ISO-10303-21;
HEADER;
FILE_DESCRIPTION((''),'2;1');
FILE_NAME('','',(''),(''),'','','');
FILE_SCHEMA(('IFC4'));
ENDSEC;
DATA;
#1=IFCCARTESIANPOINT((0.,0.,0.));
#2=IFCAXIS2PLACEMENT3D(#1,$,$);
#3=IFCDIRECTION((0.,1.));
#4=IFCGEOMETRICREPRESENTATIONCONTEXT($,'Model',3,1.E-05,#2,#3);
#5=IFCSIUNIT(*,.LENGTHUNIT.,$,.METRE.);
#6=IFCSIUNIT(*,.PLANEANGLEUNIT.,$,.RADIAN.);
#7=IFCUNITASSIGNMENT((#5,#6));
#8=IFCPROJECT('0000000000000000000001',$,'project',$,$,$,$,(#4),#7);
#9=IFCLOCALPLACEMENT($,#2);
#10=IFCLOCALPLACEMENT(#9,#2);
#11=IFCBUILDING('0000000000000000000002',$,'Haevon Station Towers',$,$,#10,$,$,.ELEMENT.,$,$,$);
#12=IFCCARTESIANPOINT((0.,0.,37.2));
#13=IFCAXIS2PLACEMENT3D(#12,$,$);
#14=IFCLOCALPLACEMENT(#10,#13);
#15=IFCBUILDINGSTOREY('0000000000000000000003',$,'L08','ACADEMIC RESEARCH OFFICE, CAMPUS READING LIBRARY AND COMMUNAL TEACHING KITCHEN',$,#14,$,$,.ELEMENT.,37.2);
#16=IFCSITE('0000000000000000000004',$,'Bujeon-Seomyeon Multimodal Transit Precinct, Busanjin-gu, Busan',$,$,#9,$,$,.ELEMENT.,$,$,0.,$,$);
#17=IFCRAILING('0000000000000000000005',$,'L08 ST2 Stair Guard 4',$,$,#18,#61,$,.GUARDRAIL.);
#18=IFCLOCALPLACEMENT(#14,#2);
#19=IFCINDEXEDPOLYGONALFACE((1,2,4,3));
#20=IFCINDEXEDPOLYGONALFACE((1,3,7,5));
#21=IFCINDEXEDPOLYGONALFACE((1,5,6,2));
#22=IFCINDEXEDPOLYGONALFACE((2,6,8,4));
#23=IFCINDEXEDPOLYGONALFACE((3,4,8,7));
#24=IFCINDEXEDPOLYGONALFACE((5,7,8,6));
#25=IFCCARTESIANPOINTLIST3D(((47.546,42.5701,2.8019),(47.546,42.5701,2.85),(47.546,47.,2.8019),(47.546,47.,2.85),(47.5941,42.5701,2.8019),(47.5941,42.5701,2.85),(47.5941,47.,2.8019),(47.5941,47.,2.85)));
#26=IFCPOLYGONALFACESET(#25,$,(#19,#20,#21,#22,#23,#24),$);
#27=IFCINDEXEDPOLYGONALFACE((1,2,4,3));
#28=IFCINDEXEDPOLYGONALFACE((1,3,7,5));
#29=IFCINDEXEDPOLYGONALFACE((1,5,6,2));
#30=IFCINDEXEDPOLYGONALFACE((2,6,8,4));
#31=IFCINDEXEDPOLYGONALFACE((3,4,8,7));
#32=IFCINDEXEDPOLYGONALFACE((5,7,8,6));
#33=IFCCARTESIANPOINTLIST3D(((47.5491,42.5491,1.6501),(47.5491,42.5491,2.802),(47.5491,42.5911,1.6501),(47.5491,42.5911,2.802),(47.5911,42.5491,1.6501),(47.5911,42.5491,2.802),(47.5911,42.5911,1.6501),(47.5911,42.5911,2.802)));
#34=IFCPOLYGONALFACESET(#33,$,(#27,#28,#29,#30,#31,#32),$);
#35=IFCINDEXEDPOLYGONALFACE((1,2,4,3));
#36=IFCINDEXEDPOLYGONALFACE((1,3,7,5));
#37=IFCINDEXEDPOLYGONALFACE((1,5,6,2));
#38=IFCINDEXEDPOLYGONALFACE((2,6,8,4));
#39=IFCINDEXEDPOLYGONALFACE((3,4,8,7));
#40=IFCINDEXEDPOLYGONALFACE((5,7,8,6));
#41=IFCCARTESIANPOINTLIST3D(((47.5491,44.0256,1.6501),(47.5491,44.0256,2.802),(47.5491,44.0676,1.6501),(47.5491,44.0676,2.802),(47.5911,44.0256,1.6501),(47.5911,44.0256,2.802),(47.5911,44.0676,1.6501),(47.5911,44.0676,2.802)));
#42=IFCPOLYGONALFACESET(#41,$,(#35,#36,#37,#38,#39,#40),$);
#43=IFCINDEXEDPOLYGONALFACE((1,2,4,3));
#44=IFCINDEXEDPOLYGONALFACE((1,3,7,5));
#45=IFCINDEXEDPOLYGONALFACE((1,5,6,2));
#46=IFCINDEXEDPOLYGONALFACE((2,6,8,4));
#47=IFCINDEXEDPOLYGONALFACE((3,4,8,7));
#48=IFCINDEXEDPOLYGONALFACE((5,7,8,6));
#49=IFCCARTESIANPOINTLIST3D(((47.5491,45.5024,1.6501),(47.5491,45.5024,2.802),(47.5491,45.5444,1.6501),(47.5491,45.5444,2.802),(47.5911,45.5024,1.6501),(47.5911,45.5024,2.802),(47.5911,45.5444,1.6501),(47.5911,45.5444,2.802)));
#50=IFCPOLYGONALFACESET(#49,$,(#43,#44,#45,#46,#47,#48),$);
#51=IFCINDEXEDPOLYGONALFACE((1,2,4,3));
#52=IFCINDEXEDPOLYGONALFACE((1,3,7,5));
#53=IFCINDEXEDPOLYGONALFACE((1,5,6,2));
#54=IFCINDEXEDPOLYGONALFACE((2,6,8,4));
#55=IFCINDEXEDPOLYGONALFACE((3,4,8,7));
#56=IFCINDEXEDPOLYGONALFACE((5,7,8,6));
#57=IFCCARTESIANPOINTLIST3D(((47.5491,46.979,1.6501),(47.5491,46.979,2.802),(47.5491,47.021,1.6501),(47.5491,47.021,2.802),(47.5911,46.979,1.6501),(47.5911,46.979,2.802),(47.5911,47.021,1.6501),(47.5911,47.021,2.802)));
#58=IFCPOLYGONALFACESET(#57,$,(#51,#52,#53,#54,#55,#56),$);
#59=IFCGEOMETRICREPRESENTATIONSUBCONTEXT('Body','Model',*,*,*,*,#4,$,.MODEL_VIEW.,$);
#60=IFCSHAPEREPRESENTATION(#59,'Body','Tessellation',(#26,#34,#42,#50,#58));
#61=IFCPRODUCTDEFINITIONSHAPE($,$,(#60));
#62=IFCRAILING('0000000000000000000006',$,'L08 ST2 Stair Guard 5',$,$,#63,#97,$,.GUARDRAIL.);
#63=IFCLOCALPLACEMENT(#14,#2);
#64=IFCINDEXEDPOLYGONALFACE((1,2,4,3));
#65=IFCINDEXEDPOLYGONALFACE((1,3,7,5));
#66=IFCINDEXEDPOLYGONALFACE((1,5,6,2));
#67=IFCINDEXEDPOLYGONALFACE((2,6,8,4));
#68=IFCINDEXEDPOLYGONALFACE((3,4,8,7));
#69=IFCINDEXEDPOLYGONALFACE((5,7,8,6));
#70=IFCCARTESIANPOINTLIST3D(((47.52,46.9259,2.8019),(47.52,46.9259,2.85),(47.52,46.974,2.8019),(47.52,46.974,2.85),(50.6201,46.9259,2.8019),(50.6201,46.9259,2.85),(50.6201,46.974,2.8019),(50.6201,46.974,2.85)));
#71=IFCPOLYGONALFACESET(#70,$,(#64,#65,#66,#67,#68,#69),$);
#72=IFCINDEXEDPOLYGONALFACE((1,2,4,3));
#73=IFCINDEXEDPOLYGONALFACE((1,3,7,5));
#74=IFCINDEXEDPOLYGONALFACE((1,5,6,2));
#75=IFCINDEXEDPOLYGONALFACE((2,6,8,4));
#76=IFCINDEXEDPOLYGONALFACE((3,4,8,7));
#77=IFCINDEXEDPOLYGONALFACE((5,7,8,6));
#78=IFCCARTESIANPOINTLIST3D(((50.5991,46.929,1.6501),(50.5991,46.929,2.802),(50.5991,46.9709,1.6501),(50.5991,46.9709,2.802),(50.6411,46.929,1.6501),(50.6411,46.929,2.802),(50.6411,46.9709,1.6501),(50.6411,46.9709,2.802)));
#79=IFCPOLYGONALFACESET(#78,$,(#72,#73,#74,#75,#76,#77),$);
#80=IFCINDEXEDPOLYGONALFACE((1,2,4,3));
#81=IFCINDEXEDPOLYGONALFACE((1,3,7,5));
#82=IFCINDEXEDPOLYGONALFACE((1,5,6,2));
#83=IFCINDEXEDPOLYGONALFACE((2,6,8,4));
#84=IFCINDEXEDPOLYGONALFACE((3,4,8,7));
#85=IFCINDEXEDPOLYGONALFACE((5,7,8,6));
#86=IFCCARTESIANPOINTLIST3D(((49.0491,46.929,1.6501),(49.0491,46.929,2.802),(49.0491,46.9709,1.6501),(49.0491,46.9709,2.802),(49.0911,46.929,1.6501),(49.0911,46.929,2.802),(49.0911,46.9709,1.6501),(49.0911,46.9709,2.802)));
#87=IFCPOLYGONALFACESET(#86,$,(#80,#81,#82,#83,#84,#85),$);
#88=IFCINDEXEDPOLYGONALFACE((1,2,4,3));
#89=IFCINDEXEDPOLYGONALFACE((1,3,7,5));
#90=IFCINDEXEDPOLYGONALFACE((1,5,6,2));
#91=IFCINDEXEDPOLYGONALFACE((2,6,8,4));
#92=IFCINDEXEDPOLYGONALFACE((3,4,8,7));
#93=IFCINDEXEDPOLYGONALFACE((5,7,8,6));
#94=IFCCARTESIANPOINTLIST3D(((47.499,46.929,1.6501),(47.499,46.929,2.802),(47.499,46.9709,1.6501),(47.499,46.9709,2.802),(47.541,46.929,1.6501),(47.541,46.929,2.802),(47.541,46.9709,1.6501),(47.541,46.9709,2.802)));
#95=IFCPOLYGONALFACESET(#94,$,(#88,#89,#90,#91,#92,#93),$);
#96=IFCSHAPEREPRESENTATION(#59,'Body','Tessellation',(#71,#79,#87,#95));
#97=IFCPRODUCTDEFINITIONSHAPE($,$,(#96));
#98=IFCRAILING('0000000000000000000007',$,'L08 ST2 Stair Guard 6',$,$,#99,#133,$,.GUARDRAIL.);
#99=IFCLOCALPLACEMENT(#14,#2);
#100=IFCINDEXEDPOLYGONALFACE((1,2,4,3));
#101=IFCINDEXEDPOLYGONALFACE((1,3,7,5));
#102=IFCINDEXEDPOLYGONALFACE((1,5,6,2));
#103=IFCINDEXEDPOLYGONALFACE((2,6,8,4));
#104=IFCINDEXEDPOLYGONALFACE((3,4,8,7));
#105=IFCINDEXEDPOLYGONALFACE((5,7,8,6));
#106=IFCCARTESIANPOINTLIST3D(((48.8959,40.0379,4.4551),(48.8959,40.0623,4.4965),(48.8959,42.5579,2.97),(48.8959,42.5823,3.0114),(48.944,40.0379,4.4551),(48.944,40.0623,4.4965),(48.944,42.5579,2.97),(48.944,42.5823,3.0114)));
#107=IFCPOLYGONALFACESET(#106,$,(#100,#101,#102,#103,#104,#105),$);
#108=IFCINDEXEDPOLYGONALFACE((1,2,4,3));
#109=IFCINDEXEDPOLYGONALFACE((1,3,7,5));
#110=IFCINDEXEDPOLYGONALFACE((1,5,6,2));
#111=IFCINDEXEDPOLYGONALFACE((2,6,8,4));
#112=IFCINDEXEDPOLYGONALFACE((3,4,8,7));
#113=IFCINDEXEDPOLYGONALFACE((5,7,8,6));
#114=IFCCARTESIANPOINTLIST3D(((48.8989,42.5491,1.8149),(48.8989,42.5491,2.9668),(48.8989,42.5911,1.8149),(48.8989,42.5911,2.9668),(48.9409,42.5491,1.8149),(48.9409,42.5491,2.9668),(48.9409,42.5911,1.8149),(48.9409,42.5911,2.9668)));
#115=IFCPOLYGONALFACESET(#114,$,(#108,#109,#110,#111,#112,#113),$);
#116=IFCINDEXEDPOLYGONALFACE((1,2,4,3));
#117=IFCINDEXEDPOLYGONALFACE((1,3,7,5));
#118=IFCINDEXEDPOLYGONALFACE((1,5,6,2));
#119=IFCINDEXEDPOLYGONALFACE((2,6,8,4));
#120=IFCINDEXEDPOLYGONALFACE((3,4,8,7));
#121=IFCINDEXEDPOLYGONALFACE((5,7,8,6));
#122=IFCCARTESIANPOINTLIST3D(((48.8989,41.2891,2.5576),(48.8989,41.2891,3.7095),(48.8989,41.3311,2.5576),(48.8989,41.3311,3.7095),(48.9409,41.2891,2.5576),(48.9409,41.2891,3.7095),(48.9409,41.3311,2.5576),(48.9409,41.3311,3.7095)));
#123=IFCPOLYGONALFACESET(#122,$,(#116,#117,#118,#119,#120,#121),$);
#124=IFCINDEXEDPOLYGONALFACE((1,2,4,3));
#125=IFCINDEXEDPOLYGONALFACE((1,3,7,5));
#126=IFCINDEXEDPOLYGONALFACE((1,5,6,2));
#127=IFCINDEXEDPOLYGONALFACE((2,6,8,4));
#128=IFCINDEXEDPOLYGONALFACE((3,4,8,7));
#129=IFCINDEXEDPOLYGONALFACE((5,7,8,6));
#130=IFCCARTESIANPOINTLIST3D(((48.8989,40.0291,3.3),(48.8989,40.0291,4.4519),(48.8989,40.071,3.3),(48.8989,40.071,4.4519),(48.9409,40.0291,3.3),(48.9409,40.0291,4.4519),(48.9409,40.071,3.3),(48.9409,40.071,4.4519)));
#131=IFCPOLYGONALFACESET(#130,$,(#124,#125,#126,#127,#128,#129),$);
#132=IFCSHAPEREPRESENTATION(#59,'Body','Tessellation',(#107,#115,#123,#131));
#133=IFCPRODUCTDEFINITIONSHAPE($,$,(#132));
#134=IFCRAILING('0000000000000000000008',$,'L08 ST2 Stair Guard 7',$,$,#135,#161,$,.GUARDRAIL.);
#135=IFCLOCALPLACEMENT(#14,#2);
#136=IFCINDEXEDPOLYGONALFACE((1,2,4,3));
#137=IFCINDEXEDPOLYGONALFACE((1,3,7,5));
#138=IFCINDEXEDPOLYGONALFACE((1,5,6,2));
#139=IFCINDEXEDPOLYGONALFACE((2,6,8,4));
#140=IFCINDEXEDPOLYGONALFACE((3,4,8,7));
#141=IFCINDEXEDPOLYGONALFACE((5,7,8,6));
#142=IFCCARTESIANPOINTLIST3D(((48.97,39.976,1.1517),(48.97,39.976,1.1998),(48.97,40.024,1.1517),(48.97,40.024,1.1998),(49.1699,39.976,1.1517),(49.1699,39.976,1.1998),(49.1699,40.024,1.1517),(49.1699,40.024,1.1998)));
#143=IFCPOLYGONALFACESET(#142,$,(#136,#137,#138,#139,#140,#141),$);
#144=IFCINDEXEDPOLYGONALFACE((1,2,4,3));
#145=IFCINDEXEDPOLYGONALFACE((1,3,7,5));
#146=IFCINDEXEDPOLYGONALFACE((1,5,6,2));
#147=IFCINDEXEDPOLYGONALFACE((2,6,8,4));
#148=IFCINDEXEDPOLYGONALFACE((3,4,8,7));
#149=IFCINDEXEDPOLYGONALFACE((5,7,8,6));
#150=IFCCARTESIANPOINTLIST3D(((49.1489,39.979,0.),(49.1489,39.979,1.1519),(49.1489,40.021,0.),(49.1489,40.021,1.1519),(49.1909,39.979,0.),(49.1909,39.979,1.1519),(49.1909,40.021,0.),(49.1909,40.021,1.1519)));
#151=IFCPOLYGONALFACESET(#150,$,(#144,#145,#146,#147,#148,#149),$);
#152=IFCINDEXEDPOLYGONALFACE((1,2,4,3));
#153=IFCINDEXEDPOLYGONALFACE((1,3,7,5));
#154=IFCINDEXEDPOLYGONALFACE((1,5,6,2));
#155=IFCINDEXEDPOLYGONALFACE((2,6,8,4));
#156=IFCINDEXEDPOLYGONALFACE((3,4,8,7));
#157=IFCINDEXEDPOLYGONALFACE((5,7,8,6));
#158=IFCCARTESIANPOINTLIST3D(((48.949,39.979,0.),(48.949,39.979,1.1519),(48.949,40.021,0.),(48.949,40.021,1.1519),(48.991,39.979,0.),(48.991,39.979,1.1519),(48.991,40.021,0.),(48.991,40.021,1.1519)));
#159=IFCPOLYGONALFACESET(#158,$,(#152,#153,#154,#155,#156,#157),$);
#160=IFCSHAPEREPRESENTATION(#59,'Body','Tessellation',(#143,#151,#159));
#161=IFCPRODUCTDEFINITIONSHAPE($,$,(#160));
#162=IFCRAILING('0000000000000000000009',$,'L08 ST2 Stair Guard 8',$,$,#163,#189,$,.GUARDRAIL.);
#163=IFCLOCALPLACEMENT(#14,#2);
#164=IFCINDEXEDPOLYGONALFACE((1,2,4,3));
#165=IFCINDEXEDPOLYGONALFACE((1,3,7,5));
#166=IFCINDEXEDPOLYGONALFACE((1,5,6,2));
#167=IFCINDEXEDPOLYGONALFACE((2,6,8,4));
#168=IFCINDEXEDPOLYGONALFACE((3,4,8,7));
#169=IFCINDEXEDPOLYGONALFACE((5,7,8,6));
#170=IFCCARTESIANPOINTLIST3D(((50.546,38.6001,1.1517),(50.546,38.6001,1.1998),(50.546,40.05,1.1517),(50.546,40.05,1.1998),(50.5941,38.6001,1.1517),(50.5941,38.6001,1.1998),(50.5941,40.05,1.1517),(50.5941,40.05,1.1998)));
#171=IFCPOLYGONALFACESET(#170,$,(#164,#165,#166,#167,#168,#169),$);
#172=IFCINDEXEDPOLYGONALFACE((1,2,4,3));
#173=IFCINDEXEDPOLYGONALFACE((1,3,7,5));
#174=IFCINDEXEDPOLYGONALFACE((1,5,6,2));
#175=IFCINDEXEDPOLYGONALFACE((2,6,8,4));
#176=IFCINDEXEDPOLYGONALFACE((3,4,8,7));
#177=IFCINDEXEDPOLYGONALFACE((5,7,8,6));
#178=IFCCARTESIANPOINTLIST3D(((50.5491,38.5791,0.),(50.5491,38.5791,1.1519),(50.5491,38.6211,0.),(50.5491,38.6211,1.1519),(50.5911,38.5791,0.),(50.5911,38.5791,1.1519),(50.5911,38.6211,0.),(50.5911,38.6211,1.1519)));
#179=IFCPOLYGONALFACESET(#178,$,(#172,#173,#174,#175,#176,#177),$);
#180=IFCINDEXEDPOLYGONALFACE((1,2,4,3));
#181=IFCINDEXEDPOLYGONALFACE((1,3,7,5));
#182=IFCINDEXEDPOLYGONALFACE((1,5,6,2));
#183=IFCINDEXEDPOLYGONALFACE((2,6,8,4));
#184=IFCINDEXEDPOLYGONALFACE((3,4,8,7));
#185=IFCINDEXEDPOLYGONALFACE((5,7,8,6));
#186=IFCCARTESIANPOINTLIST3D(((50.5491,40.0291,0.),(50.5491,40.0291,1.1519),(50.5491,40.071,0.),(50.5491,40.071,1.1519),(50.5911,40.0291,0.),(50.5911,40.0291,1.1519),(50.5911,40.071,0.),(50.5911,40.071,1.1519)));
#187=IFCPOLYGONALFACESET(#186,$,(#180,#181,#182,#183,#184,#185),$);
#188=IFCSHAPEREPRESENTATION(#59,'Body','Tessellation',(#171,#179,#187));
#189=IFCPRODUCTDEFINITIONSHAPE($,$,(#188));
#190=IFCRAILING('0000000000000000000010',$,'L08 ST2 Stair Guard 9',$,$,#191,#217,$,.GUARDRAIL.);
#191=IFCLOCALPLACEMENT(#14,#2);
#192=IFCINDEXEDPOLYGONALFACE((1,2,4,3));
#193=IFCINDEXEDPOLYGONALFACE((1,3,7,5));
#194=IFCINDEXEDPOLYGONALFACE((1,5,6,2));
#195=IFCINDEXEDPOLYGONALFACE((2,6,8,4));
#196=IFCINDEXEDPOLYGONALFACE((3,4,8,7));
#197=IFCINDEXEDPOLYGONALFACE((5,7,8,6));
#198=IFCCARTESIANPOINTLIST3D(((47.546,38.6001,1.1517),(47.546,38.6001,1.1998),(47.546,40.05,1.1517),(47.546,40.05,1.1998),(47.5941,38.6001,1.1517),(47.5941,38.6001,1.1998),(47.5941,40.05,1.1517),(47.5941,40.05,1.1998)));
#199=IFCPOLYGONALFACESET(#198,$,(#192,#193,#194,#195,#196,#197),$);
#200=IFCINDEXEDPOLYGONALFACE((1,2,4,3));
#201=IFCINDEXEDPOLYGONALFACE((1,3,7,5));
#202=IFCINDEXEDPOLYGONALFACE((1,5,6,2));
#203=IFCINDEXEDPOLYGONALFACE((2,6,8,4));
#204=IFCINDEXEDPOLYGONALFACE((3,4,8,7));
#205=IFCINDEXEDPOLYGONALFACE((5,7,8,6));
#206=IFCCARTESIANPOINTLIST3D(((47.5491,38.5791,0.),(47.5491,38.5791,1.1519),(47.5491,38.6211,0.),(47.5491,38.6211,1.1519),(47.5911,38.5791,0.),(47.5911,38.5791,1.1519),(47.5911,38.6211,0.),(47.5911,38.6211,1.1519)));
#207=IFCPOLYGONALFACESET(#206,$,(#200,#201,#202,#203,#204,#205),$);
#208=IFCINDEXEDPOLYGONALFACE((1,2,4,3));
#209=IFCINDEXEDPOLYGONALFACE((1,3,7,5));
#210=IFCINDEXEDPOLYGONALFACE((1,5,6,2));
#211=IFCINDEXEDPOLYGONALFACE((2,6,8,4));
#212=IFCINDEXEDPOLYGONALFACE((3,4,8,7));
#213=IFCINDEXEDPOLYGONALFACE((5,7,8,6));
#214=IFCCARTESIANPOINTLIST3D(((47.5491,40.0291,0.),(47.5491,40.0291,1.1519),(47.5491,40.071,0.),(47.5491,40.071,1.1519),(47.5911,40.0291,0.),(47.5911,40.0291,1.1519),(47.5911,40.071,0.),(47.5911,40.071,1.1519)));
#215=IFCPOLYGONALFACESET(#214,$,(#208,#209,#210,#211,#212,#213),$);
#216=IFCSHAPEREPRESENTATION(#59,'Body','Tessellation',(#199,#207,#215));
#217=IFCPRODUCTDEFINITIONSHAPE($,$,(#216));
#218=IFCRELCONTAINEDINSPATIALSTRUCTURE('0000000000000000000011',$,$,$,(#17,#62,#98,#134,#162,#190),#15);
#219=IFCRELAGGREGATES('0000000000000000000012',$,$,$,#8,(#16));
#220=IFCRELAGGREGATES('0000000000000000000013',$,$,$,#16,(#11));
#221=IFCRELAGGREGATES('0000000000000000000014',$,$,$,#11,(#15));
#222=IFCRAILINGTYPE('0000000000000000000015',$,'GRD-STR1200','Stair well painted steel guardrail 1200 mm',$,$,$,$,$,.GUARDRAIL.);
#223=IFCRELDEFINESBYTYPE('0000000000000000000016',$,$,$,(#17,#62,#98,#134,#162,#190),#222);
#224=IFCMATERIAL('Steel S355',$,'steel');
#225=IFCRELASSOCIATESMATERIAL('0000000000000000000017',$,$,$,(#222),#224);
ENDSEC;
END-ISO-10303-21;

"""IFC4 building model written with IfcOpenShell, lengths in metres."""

from ifc_helpers import new_model, si_unit, direction, frame, origin, origin_2d, place, context, subcontext, project, spatial, rectangle, extrude, material, type_object, element, save


model = new_model("IFC4")

# Units and contexts
model_context = context("Model", 3, precision=1e-05, world=origin(), true_north=direction((0.0, 1.0)))
body_context = subcontext(model_context, "Body", "Model", "MODEL_VIEW")
ifc_project = project(units=[si_unit("LENGTHUNIT", "METRE"), si_unit("PLANEANGLEUNIT", "RADIAN")], contexts=[model_context])

# Site, building, storey
site_placement = place(None, origin())
site = spatial("IfcSite", under=ifc_project, at=site_placement, Name="Bujeon-Seomyeon Multimodal Transit Precinct, Busanjin-gu, Busan", CompositionType="ELEMENT", RefElevation=0.0)
building_placement = place(site_placement, origin())
building = spatial("IfcBuilding", under=site, at=building_placement, Name="Haevon Station Towers", CompositionType="ELEMENT")
storey_placement = place(building_placement, frame((0.0, 0.0, 37.2)))
storey = spatial("IfcBuildingStorey", under=building, at=storey_placement, Name="L08", Description="ACADEMIC RESEARCH OFFICE, CAMPUS READING LIBRARY AND COMMUNAL TEACHING KITCHEN", CompositionType="ELEMENT", Elevation=37.2)

# Shared definitions
ifc_material_1 = material(Name="Steel S355", Category="steel")

# Railings
railing_type_1 = type_object("IfcRailingType", Name="GRD-STR1200", Description="Stair well painted steel guardrail 1200 mm", PredefinedType="GUARDRAIL", material=ifc_material_1)
for number, where, name in (
    (1, (47.5701, 42.5701, 1.6501), "L08 ST2 Stair Guard 4"),
):
    element("IfcRailing", number, at=place(storey_placement, frame(where)), inside=storey, type_object=railing_type_1, Name=name, PredefinedType="GUARDRAIL", context=body_context, shape_type="SweptSolid", body=[
        extrude(rectangle(XDim=0.0481, YDim=0.0481, at=origin_2d()), frame((0.0, 0.0, 1.1758), z_axis=(0.0, 1.0, 0.0), x_axis=(-1.0, 0.0, 0.0)), (0.0, 0.0, 1.0), 4.4299),
        extrude(rectangle(XDim=0.042, YDim=0.042, at=origin_2d()), origin(), (0.0, 0.0, 1.0), 1.1519),
        extrude(rectangle(XDim=0.042, YDim=0.042, at=origin_2d()), frame((0.0, 1.4766, 0.0)), (0.0, 0.0, 1.0), 1.1519),
        extrude(rectangle(XDim=0.042, YDim=0.042, at=origin_2d()), frame((0.0, 2.9534, 0.0)), (0.0, 0.0, 1.0), 1.1519),
        extrude(rectangle(XDim=0.042, YDim=0.042, at=origin_2d()), frame((0.0, 4.4299, 0.0)), (0.0, 0.0, 1.0), 1.1519),
    ])
railing_1_placement = place(storey_placement, frame((50.6201, 46.95, 1.6501)))
element("IfcRailing", 2, at=railing_1_placement, inside=storey, type_object=railing_type_1, Name="L08 ST2 Stair Guard 5", PredefinedType="GUARDRAIL", context=body_context, shape_type="SweptSolid", body=[
    extrude(rectangle(XDim=0.0481, YDim=0.0481, at=origin_2d()), frame((0.0, 0.0, 1.1758), z_axis=(-1.0, 0.0, 0.0), x_axis=(0.0, -1.0, 0.0)), (0.0, 0.0, 1.0), 3.1001),
    extrude(rectangle(XDim=0.042, YDim=0.042, at=origin_2d()), origin(), (0.0, 0.0, 1.0), 1.1519),
    extrude(rectangle(XDim=0.042, YDim=0.042, at=origin_2d()), frame((-1.55, 0.0, 0.0)), (0.0, 0.0, 1.0), 1.1519),
    extrude(rectangle(XDim=0.042, YDim=0.042, at=origin_2d()), frame((-3.1001, 0.0, 0.0)), (0.0, 0.0, 1.0), 1.1519),
])
railing_2_placement = place(storey_placement, frame((48.9199, 42.5701, 1.8149)))
element("IfcRailing", 3, at=railing_2_placement, inside=storey, type_object=railing_type_1, Name="L08 ST2 Stair Guard 6", PredefinedType="GUARDRAIL", context=body_context, shape_type="SweptSolid", body=[
    extrude(rectangle(XDim=0.0481, YDim=0.0481, at=origin_2d()), frame((0.0, 0.0, 1.1758), z_axis=(0.0, -0.861524, 0.507717), x_axis=(1.0, 0.0, 0.0)), (0.0, 0.0, 1.0), 2.925),
    extrude(rectangle(XDim=0.042, YDim=0.042, at=origin_2d()), origin(), (0.0, 0.0, 1.0), 1.1519),
    extrude(rectangle(XDim=0.042, YDim=0.042, at=origin_2d()), frame((0.0, -1.26, 0.7427)), (0.0, 0.0, 1.0), 1.1519),
    extrude(rectangle(XDim=0.042, YDim=0.042, at=origin_2d()), frame((0.0, -2.52, 1.4851)), (0.0, 0.0, 1.0), 1.1519),
])
railing_3_placement = place(storey_placement, frame((49.1699, 40.0, 0.0)))
element("IfcRailing", 4, at=railing_3_placement, inside=storey, type_object=railing_type_1, Name="L08 ST2 Stair Guard 7", PredefinedType="GUARDRAIL", context=body_context, shape_type="SweptSolid", body=[
    extrude(rectangle(XDim=0.0481, YDim=0.0481, at=origin_2d()), frame((0.0, 0.0, 1.1758), z_axis=(-1.0, 0.0, 0.0), x_axis=(0.0, -1.0, 0.0)), (0.0, 0.0, 1.0), 0.2),
    extrude(rectangle(XDim=0.042, YDim=0.042, at=origin_2d()), origin(), (0.0, 0.0, 1.0), 1.1519),
    extrude(rectangle(XDim=0.042, YDim=0.042, at=origin_2d()), frame((-0.2, 0.0, 0.0)), (0.0, 0.0, 1.0), 1.1519),
])
for number, where, name in (
    (5, (50.5701, 38.6001, 0.0), "L08 ST2 Stair Guard 8"),
    (6, (47.5701, 38.6001, 0.0), "L08 ST2 Stair Guard 9"),
):
    element("IfcRailing", number, at=place(storey_placement, frame(where)), inside=storey, type_object=railing_type_1, Name=name, PredefinedType="GUARDRAIL", context=body_context, shape_type="SweptSolid", body=[
        extrude(rectangle(XDim=0.0481, YDim=0.0481, at=origin_2d()), frame((0.0, 0.0, 1.1758), z_axis=(0.0, 1.0, 0.0), x_axis=(-1.0, 0.0, 0.0)), (0.0, 0.0, 1.0), 1.45),
        extrude(rectangle(XDim=0.042, YDim=0.042, at=origin_2d()), origin(), (0.0, 0.0, 1.0), 1.1519),
        extrude(rectangle(XDim=0.042, YDim=0.042, at=origin_2d()), frame((0.0, 1.45, 0.0)), (0.0, 0.0, 1.0), 1.1519),
    ])

save(model, "model.ifc")
